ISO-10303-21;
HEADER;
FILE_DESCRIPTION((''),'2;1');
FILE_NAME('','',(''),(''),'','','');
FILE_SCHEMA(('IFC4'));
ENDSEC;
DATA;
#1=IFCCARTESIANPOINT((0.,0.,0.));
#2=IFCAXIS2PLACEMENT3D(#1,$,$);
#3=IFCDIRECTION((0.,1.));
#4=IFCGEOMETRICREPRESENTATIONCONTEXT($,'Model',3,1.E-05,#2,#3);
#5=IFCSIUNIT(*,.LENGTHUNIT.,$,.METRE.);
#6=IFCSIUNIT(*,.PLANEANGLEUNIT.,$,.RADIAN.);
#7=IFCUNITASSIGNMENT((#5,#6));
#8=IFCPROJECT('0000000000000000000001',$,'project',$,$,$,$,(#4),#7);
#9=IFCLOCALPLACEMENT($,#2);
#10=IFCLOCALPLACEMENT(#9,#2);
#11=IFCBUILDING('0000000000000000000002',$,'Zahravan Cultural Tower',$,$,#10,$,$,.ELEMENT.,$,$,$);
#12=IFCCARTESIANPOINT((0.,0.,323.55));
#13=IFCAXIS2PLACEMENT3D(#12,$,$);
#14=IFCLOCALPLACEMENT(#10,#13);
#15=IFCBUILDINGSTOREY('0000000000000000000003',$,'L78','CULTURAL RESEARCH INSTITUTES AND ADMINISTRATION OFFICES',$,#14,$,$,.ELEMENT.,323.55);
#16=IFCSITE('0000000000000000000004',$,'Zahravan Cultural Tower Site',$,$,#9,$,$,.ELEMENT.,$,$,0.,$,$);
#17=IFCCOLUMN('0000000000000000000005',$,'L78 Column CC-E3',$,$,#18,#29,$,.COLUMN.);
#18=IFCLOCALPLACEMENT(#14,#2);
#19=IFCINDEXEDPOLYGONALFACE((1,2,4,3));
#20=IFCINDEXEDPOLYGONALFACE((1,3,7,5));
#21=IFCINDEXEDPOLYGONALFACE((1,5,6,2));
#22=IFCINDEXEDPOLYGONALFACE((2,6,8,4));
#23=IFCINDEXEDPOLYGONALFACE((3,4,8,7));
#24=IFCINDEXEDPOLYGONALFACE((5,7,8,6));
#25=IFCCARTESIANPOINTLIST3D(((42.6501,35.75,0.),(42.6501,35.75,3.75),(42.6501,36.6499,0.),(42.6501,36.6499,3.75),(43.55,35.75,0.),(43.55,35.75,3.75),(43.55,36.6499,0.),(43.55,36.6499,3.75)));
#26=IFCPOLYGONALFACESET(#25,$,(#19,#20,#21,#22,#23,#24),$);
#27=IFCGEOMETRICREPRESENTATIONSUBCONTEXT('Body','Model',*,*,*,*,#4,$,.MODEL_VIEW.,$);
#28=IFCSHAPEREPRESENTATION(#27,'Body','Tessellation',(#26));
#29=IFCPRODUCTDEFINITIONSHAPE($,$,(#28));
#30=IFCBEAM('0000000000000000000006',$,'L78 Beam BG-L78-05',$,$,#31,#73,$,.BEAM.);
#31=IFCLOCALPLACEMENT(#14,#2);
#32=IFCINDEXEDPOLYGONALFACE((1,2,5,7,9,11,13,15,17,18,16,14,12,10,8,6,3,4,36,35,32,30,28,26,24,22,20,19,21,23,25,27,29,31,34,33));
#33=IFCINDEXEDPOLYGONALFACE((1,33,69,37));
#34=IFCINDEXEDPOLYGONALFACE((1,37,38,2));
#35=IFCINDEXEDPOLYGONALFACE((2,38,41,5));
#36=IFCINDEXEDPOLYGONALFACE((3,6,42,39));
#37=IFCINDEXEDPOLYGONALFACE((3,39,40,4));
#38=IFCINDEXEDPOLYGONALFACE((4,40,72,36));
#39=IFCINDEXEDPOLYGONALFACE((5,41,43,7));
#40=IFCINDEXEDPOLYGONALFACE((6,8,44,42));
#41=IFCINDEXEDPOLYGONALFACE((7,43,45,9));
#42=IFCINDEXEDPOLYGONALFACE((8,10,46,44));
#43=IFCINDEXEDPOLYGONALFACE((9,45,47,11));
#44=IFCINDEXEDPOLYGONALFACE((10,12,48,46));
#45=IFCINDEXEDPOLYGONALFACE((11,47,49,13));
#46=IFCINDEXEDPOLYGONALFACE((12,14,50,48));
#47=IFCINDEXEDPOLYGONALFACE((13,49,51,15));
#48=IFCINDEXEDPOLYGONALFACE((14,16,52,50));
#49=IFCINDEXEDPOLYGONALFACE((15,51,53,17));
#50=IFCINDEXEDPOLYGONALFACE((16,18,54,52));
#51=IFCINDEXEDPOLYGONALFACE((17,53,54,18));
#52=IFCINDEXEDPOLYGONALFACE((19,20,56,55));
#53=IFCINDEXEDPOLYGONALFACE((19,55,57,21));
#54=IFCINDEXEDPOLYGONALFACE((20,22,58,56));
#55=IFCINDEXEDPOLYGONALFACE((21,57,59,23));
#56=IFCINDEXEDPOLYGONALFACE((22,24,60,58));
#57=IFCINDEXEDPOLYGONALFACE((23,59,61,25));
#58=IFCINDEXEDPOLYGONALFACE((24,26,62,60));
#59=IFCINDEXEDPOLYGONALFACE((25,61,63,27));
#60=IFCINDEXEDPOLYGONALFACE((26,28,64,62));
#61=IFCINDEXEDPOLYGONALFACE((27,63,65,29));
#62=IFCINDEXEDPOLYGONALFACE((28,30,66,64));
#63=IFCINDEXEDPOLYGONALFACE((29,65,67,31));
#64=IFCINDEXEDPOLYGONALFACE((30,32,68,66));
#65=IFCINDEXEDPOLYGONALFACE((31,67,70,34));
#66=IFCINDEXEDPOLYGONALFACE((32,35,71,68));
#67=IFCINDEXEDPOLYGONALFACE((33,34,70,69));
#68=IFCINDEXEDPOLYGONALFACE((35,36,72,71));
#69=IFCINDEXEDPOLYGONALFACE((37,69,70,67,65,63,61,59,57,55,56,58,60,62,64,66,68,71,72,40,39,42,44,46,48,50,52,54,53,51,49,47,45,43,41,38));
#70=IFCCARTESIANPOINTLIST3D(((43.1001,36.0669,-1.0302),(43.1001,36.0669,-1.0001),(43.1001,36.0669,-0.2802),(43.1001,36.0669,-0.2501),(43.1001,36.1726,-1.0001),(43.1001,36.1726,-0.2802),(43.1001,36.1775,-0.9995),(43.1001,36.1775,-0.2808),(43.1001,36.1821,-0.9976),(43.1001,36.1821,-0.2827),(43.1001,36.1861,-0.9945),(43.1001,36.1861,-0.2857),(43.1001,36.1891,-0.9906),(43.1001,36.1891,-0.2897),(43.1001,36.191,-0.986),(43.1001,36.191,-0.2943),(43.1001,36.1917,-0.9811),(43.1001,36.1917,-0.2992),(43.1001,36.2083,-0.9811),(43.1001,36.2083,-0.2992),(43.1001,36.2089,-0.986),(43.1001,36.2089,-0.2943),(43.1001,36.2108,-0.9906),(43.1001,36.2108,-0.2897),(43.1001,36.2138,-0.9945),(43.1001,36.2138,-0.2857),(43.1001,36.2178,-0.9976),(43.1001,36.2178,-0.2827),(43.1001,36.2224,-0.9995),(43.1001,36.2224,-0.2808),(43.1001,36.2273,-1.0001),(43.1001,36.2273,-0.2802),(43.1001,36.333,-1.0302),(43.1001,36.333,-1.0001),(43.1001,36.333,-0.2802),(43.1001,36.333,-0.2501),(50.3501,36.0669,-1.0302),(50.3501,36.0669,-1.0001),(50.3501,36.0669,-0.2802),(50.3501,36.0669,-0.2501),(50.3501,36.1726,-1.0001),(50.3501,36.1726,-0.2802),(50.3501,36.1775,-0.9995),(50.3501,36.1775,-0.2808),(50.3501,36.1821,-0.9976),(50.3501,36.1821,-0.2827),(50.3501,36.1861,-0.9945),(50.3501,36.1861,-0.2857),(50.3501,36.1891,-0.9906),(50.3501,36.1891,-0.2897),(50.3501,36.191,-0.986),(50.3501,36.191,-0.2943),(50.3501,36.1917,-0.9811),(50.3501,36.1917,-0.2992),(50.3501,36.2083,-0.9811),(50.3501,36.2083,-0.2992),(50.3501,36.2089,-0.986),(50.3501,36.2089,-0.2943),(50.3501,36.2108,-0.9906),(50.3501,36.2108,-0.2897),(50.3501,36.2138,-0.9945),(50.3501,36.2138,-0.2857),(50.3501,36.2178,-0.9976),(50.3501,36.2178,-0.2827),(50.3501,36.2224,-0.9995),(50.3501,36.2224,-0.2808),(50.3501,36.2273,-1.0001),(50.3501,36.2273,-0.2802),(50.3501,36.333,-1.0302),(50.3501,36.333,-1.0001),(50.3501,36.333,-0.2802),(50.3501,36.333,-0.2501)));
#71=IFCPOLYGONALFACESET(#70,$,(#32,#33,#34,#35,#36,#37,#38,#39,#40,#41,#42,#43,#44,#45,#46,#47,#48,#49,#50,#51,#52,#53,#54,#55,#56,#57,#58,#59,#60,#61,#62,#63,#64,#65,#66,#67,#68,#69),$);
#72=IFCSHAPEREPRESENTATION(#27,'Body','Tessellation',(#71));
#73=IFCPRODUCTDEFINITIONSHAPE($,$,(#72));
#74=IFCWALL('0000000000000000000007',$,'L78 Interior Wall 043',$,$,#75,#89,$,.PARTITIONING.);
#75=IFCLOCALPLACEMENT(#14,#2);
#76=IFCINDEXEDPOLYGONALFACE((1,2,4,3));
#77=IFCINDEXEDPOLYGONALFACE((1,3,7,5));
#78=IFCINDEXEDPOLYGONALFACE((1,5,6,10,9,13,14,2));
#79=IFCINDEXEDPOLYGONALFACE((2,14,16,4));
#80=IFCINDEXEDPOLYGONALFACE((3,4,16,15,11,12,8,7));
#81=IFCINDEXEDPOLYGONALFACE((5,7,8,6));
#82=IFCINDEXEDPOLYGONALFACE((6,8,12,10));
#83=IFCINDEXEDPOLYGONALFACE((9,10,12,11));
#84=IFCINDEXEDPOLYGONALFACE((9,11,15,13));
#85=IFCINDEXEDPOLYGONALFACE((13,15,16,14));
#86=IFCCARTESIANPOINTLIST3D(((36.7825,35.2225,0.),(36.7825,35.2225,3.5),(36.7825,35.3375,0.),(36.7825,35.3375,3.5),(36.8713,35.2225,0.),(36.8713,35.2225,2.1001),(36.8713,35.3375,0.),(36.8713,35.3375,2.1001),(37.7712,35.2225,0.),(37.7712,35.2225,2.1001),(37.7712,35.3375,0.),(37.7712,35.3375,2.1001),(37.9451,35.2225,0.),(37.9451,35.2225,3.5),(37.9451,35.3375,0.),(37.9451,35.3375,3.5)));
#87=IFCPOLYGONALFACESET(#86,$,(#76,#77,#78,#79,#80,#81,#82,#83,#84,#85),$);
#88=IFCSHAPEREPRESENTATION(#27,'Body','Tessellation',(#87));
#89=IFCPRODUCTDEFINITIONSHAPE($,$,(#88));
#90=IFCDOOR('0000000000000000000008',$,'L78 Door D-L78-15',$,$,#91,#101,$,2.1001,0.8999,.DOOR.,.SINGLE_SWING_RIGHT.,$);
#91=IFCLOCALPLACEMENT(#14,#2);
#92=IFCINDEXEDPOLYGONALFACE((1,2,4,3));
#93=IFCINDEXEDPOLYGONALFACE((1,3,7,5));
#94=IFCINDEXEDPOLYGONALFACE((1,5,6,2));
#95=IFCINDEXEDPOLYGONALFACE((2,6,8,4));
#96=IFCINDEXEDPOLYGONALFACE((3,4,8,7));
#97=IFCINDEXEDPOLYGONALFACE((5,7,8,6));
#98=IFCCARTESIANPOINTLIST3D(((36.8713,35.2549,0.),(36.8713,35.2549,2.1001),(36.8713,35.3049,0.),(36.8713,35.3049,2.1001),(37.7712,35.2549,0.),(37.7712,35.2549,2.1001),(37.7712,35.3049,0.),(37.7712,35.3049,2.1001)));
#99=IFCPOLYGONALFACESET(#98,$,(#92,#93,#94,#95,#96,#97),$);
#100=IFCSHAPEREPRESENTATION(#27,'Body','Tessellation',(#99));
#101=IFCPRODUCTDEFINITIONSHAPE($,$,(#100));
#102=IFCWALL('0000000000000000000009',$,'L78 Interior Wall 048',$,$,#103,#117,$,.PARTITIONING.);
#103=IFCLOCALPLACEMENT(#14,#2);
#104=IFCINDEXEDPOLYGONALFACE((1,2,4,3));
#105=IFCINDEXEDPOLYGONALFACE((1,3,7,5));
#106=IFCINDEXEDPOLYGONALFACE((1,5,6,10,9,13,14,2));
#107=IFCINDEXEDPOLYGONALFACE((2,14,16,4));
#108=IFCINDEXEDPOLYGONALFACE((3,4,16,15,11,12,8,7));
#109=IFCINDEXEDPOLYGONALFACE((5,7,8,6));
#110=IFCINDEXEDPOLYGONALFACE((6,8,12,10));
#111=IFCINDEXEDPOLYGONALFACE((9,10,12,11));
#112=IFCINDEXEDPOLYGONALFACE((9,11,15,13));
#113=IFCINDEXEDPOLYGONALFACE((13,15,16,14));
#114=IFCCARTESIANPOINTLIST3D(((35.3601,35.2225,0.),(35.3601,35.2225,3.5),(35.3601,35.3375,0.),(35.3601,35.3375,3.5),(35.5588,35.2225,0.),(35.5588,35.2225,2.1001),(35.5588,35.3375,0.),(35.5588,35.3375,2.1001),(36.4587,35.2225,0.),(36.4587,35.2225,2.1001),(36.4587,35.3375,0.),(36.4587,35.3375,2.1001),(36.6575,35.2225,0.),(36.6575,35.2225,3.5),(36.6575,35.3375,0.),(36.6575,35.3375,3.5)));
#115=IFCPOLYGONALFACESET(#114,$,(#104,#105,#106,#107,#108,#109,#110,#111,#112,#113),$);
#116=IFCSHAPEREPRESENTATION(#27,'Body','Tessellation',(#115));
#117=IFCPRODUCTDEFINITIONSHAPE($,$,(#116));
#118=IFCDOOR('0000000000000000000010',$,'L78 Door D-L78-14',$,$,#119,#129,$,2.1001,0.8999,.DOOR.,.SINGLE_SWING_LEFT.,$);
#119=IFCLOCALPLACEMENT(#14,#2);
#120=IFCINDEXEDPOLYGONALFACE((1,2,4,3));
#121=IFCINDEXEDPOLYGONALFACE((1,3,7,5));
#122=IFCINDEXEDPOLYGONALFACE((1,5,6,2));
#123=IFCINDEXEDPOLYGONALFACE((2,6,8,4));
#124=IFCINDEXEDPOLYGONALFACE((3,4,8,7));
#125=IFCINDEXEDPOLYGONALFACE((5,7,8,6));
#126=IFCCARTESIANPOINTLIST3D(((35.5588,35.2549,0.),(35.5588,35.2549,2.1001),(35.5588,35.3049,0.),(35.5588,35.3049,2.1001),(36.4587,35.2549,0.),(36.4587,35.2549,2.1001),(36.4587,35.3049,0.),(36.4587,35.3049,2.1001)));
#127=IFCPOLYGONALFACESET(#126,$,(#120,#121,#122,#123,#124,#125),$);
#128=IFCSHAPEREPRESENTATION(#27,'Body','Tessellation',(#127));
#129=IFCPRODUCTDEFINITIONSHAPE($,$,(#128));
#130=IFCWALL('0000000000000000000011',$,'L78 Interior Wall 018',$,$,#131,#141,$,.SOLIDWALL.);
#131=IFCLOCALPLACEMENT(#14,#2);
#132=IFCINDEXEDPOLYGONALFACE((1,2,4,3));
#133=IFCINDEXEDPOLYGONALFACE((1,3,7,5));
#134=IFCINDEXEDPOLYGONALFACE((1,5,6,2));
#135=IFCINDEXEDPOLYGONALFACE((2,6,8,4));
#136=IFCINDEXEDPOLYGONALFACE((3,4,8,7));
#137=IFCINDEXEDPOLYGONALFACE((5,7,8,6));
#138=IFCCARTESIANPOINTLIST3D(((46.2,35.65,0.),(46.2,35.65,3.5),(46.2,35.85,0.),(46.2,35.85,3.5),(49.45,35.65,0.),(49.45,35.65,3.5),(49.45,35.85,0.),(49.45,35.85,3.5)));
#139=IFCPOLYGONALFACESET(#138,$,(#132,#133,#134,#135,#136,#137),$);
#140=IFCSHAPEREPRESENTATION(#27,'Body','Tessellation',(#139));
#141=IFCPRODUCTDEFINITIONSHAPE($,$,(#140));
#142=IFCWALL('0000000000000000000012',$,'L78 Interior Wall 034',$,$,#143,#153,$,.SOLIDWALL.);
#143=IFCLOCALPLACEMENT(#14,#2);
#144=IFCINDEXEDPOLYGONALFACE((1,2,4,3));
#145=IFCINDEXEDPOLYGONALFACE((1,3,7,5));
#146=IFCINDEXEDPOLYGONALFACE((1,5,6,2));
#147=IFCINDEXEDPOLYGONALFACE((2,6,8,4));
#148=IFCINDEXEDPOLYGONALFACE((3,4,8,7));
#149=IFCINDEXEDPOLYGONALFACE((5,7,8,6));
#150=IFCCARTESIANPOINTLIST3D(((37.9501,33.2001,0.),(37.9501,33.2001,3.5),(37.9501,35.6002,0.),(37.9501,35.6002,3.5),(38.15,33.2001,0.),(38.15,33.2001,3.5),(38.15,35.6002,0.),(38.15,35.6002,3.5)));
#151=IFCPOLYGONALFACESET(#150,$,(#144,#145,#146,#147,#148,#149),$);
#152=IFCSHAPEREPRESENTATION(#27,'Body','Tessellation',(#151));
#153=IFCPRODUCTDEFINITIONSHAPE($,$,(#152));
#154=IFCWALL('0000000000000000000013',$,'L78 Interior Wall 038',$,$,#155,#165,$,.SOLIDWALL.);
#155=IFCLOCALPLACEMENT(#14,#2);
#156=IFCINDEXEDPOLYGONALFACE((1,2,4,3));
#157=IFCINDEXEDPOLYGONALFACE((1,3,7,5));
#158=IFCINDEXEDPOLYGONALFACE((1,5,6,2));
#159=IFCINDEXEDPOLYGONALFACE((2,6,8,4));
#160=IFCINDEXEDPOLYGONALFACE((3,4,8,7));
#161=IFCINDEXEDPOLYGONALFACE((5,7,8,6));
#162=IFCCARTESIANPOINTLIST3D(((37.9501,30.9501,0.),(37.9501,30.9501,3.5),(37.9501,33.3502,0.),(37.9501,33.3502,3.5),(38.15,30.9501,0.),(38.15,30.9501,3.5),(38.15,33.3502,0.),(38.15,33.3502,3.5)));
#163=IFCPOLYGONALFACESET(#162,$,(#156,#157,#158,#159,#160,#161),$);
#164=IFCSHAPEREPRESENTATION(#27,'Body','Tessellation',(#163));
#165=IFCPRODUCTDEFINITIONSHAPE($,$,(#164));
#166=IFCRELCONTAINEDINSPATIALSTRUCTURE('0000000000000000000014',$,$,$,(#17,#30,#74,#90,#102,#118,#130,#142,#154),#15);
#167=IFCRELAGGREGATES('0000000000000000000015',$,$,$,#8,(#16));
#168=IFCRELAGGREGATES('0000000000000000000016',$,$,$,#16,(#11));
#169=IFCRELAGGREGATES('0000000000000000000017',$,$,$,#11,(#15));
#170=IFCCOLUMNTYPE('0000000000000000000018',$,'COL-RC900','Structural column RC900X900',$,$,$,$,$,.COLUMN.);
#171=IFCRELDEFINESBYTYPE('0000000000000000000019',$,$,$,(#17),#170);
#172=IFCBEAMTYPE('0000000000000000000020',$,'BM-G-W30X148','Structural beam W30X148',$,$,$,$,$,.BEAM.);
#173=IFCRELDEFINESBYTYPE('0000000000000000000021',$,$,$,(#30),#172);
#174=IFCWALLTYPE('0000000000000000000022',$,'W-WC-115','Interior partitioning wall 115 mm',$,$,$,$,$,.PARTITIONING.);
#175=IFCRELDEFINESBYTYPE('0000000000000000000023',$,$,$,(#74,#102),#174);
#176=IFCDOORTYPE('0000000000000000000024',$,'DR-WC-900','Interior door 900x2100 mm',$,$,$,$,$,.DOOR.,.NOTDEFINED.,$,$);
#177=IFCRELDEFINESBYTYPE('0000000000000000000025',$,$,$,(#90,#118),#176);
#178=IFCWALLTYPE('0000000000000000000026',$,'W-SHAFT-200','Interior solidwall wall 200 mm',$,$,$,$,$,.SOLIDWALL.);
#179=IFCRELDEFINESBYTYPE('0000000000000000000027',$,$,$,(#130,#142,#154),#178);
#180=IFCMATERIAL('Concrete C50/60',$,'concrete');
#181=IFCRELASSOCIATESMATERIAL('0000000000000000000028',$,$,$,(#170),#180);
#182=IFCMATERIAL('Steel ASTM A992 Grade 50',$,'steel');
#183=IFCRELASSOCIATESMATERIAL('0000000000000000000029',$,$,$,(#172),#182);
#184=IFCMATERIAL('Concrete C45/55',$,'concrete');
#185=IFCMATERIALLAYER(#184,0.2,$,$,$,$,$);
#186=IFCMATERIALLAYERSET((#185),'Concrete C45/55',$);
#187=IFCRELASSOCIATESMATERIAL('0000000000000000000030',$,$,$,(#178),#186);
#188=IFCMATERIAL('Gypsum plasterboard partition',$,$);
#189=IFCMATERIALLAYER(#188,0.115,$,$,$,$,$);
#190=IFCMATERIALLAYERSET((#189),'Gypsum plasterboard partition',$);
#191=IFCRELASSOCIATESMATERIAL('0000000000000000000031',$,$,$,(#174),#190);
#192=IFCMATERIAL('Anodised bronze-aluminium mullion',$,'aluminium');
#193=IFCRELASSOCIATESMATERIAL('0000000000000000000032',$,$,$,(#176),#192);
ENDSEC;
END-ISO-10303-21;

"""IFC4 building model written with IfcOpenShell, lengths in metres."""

from ifc_helpers import new_model, si_unit, direction, frame, frame_2d, origin, origin_2d, place, context, subcontext, project, spatial, rectangle, i_section, extrude, source, transform, mapped, material, layer, layer_set, material_profile, profile_set, type_object, element, fill, save


model = new_model("IFC4")

# Units and contexts
model_context = context("Model", 3, precision=1e-05, world=origin(), true_north=direction((0.0, 1.0)))
body_context = subcontext(model_context, "Body", "Model", "MODEL_VIEW")
ifc_project = project(units=[si_unit("LENGTHUNIT", "METRE"), si_unit("PLANEANGLEUNIT", "RADIAN")], contexts=[model_context])

# Site, building, storey
site_placement = place(None, origin())
site = spatial("IfcSite", under=ifc_project, at=site_placement, Name="Zahravan Cultural Tower Site", CompositionType="ELEMENT", RefElevation=0.0)
building_placement = place(site_placement, origin())
building = spatial("IfcBuilding", under=site, at=building_placement, Name="Zahravan Cultural Tower", CompositionType="ELEMENT")
storey_placement = place(building_placement, frame((0.0, 0.0, 323.55)))
storey = spatial("IfcBuildingStorey", under=building, at=storey_placement, Name="L78", Description="CULTURAL RESEARCH INSTITUTES AND ADMINISTRATION OFFICES", CompositionType="ELEMENT", Elevation=323.55)

# Column
ifc_material_1 = material(Name="Concrete C50/60", Category="concrete")
ifc_material_profile_1 = material_profile(ifc_material_1, rectangle(XDim=0.8999, YDim=0.8999, at=origin_2d()), Name="RC900X900")
ifc_profile_set_1 = profile_set([ifc_material_profile_1], Name="Concrete C50/60")
column_type = type_object("IfcColumnType", Name="COL-RC900", Description="Structural column RC900X900", PredefinedType="COLUMN", material=ifc_profile_set_1)
shared_shape_1 = source(origin(), body_context, "Body", "SweptSolid", [
    extrude(rectangle(XDim=0.8999, YDim=0.8999, at=origin_2d()), origin(), (0.0, 0.0, 1.0), 3.75),
])
column_placement = place(storey_placement, frame((43.1001, 36.2, 0.0), z_axis=(0.0, 0.0, 1.0), x_axis=(1.0, 0.0, 0.0)))
element("IfcColumn", 1, at=column_placement, inside=storey, type_object=column_type, Name="L78 Column CC-E3", PredefinedType="COLUMN", context=body_context, shape_type="MappedRepresentation", body=[
    mapped(shared_shape_1, transform((0.0, 0.0, 0.0), x_axis=(1.0, 0.0, 0.0), y_axis=(0.0, 1.0, 0.0), z_axis=(0.0, 0.0, 1.0), scale=1.0)),
])

# Beam
ifc_material_2 = material(Name="Steel ASTM A992 Grade 50", Category="steel")
ifc_material_profile_2 = material_profile(ifc_material_2, i_section(OverallWidth=0.2661, OverallDepth=0.78, WebThickness=0.0166, FlangeThickness=0.03, FilletRadius=0.019, at=origin_2d()), Name="W30X148")
ifc_profile_set_2 = profile_set([ifc_material_profile_2], Name="Steel ASTM A992 Grade 50")
beam_type = type_object("IfcBeamType", Name="BM-G-W30X148", Description="Structural beam W30X148", PredefinedType="BEAM", material=ifc_profile_set_2)
shared_shape_2 = source(origin(), body_context, "Body", "SweptSolid", [
    extrude(i_section(OverallWidth=0.2661, OverallDepth=0.78, WebThickness=0.0166, FlangeThickness=0.03, FilletRadius=0.019, at=origin_2d()), origin(), (0.0, 0.0, 1.0), 7.25),
])
beam_placement = place(storey_placement, frame((43.1001, 36.2, -0.6401), z_axis=(1.0, 0.0, 0.0), x_axis=(0.0, 1.0, 0.0)))
element("IfcBeam", 2, at=beam_placement, inside=storey, type_object=beam_type, Name="L78 Beam BG-L78-05", PredefinedType="BEAM", context=body_context, shape_type="MappedRepresentation", body=[
    mapped(shared_shape_2, transform((0.0, 0.0, 0.0), x_axis=(1.0, 0.0, 0.0), y_axis=(0.0, 1.0, 0.0), z_axis=(0.0, 0.0, 1.0), scale=1.0)),
])

# Walls, openings, doors
ifc_material_3 = material(Name="Concrete C45/55", Category="concrete")
ifc_layer_1 = layer(ifc_material_3, 0.2)
ifc_layer_set_1 = layer_set([ifc_layer_1], Name="Concrete C45/55")
wall_type_1 = type_object("IfcWallType", Name="W-SHAFT-200", Description="Interior solidwall wall 200 mm", PredefinedType="SOLIDWALL", material=ifc_layer_set_1)
ifc_material_4 = material(Name="Gypsum plasterboard partition")
ifc_layer_2 = layer(ifc_material_4, 0.115)
ifc_layer_set_2 = layer_set([ifc_layer_2], Name="Gypsum plasterboard partition")
wall_type_2 = type_object("IfcWallType", Name="W-WC-115", Description="Interior partitioning wall 115 mm", PredefinedType="PARTITIONING", material=ifc_layer_set_2)
wall_1_placement = place(storey_placement, frame((36.7825, 35.28, 0.0), z_axis=(0.0, 0.0, 1.0), x_axis=(1.0, 0.0, 0.0)))
wall_1 = element("IfcWall", 3, at=wall_1_placement, inside=storey, type_object=wall_type_2, Name="L78 Interior Wall 043", PredefinedType="PARTITIONING", context=body_context, shape_type="SweptSolid", body=[
    extrude(rectangle(XDim=1.1626, YDim=0.115, at=frame_2d((0.5813, 0.0))), origin(), (0.0, 0.0, 1.0), 3.5),
])
opening_1_placement = place(wall_1_placement, frame((0.0889, 0.0, 0.0)))
opening_1 = element("IfcOpeningElement", 4, at=opening_1_placement, cuts=wall_1, PredefinedType="OPENING", context=body_context, shape_type="SweptSolid", body=[
    extrude(rectangle(XDim=0.8999, YDim=2.1001, at=frame_2d((0.45, 1.05))), frame((0.0, 0.0674, 0.0), z_axis=(0.0, -1.0, 0.0), x_axis=(1.0, 0.0, 0.0)), (0.0, 0.0, 1.0), 0.135),
])
ifc_material_5 = material(Name="Anodised bronze-aluminium mullion", Category="aluminium")
door_type_1 = type_object("IfcDoorType", Name="DR-WC-900", Description="Interior door 900x2100 mm", OperationType="NOTDEFINED", PredefinedType="DOOR", material=ifc_material_5)
shared_shape_3 = source(origin(), body_context, "Body", "SweptSolid", [
    extrude(rectangle(XDim=0.8999, YDim=2.1001, at=frame_2d((0.45, 1.05))), frame((0.0, 0.0249, 0.0), z_axis=(0.0, -1.0, 0.0), x_axis=(1.0, 0.0, 0.0)), (0.0, 0.0, 1.0), 0.05),
])
door_1_placement = place(opening_1_placement, origin())
door_1 = element("IfcDoor", 5, at=door_1_placement, inside=storey, type_object=door_type_1, Name="L78 Door D-L78-15", OperationType="SINGLE_SWING_RIGHT", OverallHeight=2.1001, OverallWidth=0.8999, PredefinedType="DOOR", context=body_context, shape_type="MappedRepresentation", body=[
    mapped(shared_shape_3, transform((0.0, 0.0, 0.0), x_axis=(1.0, 0.0, 0.0), y_axis=(0.0, 1.0, 0.0), z_axis=(0.0, 0.0, 1.0), scale=1.0)),
])
fill(opening_1, door_1)
wall_2_placement = place(storey_placement, frame((35.3601, 35.28, 0.0), z_axis=(0.0, 0.0, 1.0), x_axis=(1.0, 0.0, 0.0)))
wall_2 = element("IfcWall", 6, at=wall_2_placement, inside=storey, type_object=wall_type_2, Name="L78 Interior Wall 048", PredefinedType="PARTITIONING", context=body_context, shape_type="SweptSolid", body=[
    extrude(rectangle(XDim=1.2974, YDim=0.115, at=frame_2d((0.6487, 0.0))), origin(), (0.0, 0.0, 1.0), 3.5),
])
opening_2_placement = place(wall_2_placement, frame((0.1987, 0.0, 0.0)))
opening_2 = element("IfcOpeningElement", 7, at=opening_2_placement, cuts=wall_2, PredefinedType="OPENING", context=body_context, shape_type="SweptSolid", body=[
    extrude(rectangle(XDim=0.8999, YDim=2.1001, at=frame_2d((0.45, 1.05))), frame((0.0, 0.0674, 0.0), z_axis=(0.0, -1.0, 0.0), x_axis=(1.0, 0.0, 0.0)), (0.0, 0.0, 1.0), 0.135),
])
door_2_placement = place(opening_2_placement, origin())
door_2 = element("IfcDoor", 8, at=door_2_placement, inside=storey, type_object=door_type_1, Name="L78 Door D-L78-14", OperationType="SINGLE_SWING_LEFT", OverallHeight=2.1001, OverallWidth=0.8999, PredefinedType="DOOR", context=body_context, shape_type="MappedRepresentation", body=[
    mapped(shared_shape_3, transform((0.0, 0.0, 0.0), x_axis=(1.0, 0.0, 0.0), y_axis=(0.0, 1.0, 0.0), z_axis=(0.0, 0.0, 1.0), scale=1.0)),
])
fill(opening_2, door_2)

# Walls
shared_shape_4 = source(origin(), body_context, "Body", "SweptSolid", [
    extrude(rectangle(XDim=3.25, YDim=0.2, at=frame_2d((1.625, 0.0))), origin(), (0.0, 0.0, 1.0), 3.5),
])
wall_3_placement = place(storey_placement, frame((46.2, 35.75, 0.0), z_axis=(0.0, 0.0, 1.0), x_axis=(1.0, 0.0, 0.0)))
element("IfcWall", 9, at=wall_3_placement, inside=storey, type_object=wall_type_1, Name="L78 Interior Wall 018", PredefinedType="SOLIDWALL", context=body_context, shape_type="MappedRepresentation", body=[
    mapped(shared_shape_4, transform((0.0, 0.0, 0.0), x_axis=(1.0, 0.0, 0.0), y_axis=(0.0, 1.0, 0.0), z_axis=(0.0, 0.0, 1.0), scale=1.0)),
])
shared_shape_5 = source(origin(), body_context, "Body", "SweptSolid", [
    extrude(rectangle(XDim=2.4001, YDim=0.2, at=frame_2d((1.2002, 0.0))), origin(), (0.0, 0.0, 1.0), 3.5),
])
for number, where, z_axis, x_axis, name in (
    (10, (38.05, 33.2, 0.0), (0.0, 0.0, 1.0), (0.0, 1.0, 0.0), "L78 Interior Wall 034"),
    (11, (38.05, 30.95, 0.0), (0.0, 0.0, 1.0), (0.0, 1.0, 0.0), "L78 Interior Wall 038"),
):
    element("IfcWall", number, at=place(storey_placement, frame(where, z_axis=z_axis, x_axis=x_axis)), inside=storey, type_object=wall_type_1, Name=name, PredefinedType="SOLIDWALL", context=body_context, shape_type="MappedRepresentation", body=[
        mapped(shared_shape_5, transform((0.0, 0.0, 0.0), x_axis=(1.0, 0.0, 0.0), y_axis=(0.0, 1.0, 0.0), z_axis=(0.0, 0.0, 1.0), scale=1.0)),
    ])

save(model, "model.ifc")
